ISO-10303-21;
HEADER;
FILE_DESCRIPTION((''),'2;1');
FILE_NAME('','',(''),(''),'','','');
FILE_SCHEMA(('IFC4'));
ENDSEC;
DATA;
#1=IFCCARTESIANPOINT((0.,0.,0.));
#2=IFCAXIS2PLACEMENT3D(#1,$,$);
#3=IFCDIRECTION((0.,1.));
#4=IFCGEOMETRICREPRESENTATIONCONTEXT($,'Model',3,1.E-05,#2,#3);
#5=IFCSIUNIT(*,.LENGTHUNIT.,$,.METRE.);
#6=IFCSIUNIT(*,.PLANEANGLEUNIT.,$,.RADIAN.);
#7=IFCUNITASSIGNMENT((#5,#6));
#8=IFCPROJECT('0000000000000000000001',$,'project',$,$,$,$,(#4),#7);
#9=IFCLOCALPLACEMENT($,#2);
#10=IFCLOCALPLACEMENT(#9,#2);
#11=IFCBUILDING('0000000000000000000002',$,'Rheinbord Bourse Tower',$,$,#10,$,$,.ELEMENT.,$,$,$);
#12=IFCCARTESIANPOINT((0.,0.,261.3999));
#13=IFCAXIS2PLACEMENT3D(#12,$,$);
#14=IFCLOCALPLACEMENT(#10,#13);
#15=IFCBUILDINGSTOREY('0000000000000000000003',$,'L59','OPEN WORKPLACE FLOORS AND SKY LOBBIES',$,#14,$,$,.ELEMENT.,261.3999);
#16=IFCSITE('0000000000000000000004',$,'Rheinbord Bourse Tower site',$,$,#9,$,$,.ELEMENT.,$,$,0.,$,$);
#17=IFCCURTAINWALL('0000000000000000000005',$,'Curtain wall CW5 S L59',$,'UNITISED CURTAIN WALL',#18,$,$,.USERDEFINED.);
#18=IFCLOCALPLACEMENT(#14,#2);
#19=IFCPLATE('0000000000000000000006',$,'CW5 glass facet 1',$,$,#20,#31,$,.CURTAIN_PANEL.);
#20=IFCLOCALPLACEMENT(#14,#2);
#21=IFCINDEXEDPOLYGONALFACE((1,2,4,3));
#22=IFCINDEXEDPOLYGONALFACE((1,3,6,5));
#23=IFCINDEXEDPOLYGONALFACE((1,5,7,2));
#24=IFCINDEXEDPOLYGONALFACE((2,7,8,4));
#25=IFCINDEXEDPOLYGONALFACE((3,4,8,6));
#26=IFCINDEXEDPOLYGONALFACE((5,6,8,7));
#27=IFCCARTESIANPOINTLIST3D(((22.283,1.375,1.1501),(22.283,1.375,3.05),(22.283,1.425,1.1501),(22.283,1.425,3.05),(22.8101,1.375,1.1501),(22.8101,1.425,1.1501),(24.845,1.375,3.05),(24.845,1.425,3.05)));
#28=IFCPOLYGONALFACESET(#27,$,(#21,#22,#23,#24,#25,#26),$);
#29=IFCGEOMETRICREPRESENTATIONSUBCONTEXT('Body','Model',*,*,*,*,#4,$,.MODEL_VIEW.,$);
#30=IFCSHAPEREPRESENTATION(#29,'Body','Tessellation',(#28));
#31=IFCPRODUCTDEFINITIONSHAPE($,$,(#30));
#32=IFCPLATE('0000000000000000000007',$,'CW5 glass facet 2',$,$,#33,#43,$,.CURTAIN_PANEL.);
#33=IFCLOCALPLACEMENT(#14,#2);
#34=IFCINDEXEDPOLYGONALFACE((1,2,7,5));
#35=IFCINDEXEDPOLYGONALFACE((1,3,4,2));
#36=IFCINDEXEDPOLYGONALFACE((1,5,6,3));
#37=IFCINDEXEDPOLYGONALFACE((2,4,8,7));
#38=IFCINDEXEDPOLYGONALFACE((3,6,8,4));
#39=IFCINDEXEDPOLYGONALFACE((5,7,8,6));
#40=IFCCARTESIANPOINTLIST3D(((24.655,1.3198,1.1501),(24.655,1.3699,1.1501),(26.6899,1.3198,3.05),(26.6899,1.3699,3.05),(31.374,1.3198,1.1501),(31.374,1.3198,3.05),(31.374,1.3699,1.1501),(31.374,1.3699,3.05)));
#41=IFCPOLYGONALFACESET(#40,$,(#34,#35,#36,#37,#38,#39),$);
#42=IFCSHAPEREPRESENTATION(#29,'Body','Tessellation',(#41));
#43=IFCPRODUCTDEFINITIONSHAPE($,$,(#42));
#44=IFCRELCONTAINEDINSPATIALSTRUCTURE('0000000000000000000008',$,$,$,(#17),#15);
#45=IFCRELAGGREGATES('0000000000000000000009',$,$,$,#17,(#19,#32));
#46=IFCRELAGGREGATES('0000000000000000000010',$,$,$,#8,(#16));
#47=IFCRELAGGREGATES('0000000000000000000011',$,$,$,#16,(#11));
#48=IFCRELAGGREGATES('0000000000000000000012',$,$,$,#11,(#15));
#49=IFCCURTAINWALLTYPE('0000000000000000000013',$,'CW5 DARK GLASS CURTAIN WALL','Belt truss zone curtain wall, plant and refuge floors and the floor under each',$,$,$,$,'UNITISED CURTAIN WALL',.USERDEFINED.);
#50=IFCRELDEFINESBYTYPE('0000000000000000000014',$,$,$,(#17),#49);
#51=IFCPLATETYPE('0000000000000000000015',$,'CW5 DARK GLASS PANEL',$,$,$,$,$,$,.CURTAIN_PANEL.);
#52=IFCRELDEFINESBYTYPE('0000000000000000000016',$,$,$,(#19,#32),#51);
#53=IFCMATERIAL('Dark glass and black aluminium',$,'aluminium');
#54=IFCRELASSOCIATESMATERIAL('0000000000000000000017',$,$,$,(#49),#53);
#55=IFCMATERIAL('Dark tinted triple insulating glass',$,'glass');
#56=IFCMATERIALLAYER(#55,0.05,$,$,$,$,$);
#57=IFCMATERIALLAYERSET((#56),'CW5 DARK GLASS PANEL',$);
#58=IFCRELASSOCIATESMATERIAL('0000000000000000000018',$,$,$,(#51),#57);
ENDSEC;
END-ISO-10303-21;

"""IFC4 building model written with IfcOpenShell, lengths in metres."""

from ifc_helpers import new_model, si_unit, direction, frame, origin, place, context, subcontext, project, spatial, polyline, outline, extrude, material, layer, layer_set, type_object, element, aggregate, save


model = new_model("IFC4")

# Units and contexts
model_context = context("Model", 3, precision=1e-05, world=origin(), true_north=direction((0.0, 1.0)))
body_context = subcontext(model_context, "Body", "Model", "MODEL_VIEW")
ifc_project = project(units=[si_unit("LENGTHUNIT", "METRE"), si_unit("PLANEANGLEUNIT", "RADIAN")], contexts=[model_context])

# Site, building, storey
site_placement = place(None, origin())
site = spatial("IfcSite", under=ifc_project, at=site_placement, Name="Rheinbord Bourse Tower site", CompositionType="ELEMENT", RefElevation=0.0)
building_placement = place(site_placement, origin())
building = spatial("IfcBuilding", under=site, at=building_placement, Name="Rheinbord Bourse Tower", CompositionType="ELEMENT")
storey_placement = place(building_placement, frame((0.0, 0.0, 261.3999)))
storey = spatial("IfcBuildingStorey", under=building, at=storey_placement, Name="L59", Description="OPEN WORKPLACE FLOORS AND SKY LOBBIES", CompositionType="ELEMENT", Elevation=261.3999)

# Curtain wall
ifc_material_1 = material(Name="Dark glass and black aluminium", Category="aluminium")
curtain_wall_type = type_object("IfcCurtainWallType", Name="CW5 DARK GLASS CURTAIN WALL", Description="Belt truss zone curtain wall, plant and refuge floors and the floor under each", ElementType="UNITISED CURTAIN WALL", PredefinedType="USERDEFINED", material=ifc_material_1)
curtain_wall_placement = place(storey_placement, origin())
curtain_wall = element("IfcCurtainWall", 1, at=curtain_wall_placement, inside=storey, type_object=curtain_wall_type, Name="Curtain wall CW5 S L59", ObjectType="UNITISED CURTAIN WALL", PredefinedType="USERDEFINED")

# Plates
ifc_material_2 = material(Name="Dark tinted triple insulating glass", Category="glass")
ifc_layer = layer(ifc_material_2, 0.05)
ifc_layer_set = layer_set([ifc_layer], Name="CW5 DARK GLASS PANEL")
plate_type = type_object("IfcPlateType", Name="CW5 DARK GLASS PANEL", PredefinedType="CURTAIN_PANEL", material=ifc_layer_set)
plate_1_placement = place(storey_placement, frame((22.283, 1.375, 1.1501), z_axis=(0.0, 1.0, 0.0), x_axis=(0.0, 0.0, 1.0)))
plate_1 = element("IfcPlate", 2, at=plate_1_placement, type_object=plate_type, Name="CW5 glass facet 1", PredefinedType="CURTAIN_PANEL", context=body_context, shape_type="SweptSolid", body=[
    extrude(outline(polyline([(0.0, 0.0), (1.8999, 0.0), (1.8999, 2.562), (0.0, 0.5271), (0.0, 0.0)])), origin(), (0.0, 0.0, 1.0), 0.05),
])
plate_2_placement = place(storey_placement, frame((31.374, 1.3198, 3.05), z_axis=(0.0, 1.0, 0.0), x_axis=(0.0, 0.0, -1.0)))
plate_2 = element("IfcPlate", 3, at=plate_2_placement, type_object=plate_type, Name="CW5 glass facet 2", PredefinedType="CURTAIN_PANEL", context=body_context, shape_type="SweptSolid", body=[
    extrude(outline(polyline([(0.0, 0.0), (1.8999, 0.0), (1.8999, 6.719), (0.0, 4.6841), (0.0, 0.0)])), origin(), (0.0, 0.0, 1.0), 0.05),
])
aggregate(curtain_wall, [plate_1, plate_2])

save(model, "model.ifc")
